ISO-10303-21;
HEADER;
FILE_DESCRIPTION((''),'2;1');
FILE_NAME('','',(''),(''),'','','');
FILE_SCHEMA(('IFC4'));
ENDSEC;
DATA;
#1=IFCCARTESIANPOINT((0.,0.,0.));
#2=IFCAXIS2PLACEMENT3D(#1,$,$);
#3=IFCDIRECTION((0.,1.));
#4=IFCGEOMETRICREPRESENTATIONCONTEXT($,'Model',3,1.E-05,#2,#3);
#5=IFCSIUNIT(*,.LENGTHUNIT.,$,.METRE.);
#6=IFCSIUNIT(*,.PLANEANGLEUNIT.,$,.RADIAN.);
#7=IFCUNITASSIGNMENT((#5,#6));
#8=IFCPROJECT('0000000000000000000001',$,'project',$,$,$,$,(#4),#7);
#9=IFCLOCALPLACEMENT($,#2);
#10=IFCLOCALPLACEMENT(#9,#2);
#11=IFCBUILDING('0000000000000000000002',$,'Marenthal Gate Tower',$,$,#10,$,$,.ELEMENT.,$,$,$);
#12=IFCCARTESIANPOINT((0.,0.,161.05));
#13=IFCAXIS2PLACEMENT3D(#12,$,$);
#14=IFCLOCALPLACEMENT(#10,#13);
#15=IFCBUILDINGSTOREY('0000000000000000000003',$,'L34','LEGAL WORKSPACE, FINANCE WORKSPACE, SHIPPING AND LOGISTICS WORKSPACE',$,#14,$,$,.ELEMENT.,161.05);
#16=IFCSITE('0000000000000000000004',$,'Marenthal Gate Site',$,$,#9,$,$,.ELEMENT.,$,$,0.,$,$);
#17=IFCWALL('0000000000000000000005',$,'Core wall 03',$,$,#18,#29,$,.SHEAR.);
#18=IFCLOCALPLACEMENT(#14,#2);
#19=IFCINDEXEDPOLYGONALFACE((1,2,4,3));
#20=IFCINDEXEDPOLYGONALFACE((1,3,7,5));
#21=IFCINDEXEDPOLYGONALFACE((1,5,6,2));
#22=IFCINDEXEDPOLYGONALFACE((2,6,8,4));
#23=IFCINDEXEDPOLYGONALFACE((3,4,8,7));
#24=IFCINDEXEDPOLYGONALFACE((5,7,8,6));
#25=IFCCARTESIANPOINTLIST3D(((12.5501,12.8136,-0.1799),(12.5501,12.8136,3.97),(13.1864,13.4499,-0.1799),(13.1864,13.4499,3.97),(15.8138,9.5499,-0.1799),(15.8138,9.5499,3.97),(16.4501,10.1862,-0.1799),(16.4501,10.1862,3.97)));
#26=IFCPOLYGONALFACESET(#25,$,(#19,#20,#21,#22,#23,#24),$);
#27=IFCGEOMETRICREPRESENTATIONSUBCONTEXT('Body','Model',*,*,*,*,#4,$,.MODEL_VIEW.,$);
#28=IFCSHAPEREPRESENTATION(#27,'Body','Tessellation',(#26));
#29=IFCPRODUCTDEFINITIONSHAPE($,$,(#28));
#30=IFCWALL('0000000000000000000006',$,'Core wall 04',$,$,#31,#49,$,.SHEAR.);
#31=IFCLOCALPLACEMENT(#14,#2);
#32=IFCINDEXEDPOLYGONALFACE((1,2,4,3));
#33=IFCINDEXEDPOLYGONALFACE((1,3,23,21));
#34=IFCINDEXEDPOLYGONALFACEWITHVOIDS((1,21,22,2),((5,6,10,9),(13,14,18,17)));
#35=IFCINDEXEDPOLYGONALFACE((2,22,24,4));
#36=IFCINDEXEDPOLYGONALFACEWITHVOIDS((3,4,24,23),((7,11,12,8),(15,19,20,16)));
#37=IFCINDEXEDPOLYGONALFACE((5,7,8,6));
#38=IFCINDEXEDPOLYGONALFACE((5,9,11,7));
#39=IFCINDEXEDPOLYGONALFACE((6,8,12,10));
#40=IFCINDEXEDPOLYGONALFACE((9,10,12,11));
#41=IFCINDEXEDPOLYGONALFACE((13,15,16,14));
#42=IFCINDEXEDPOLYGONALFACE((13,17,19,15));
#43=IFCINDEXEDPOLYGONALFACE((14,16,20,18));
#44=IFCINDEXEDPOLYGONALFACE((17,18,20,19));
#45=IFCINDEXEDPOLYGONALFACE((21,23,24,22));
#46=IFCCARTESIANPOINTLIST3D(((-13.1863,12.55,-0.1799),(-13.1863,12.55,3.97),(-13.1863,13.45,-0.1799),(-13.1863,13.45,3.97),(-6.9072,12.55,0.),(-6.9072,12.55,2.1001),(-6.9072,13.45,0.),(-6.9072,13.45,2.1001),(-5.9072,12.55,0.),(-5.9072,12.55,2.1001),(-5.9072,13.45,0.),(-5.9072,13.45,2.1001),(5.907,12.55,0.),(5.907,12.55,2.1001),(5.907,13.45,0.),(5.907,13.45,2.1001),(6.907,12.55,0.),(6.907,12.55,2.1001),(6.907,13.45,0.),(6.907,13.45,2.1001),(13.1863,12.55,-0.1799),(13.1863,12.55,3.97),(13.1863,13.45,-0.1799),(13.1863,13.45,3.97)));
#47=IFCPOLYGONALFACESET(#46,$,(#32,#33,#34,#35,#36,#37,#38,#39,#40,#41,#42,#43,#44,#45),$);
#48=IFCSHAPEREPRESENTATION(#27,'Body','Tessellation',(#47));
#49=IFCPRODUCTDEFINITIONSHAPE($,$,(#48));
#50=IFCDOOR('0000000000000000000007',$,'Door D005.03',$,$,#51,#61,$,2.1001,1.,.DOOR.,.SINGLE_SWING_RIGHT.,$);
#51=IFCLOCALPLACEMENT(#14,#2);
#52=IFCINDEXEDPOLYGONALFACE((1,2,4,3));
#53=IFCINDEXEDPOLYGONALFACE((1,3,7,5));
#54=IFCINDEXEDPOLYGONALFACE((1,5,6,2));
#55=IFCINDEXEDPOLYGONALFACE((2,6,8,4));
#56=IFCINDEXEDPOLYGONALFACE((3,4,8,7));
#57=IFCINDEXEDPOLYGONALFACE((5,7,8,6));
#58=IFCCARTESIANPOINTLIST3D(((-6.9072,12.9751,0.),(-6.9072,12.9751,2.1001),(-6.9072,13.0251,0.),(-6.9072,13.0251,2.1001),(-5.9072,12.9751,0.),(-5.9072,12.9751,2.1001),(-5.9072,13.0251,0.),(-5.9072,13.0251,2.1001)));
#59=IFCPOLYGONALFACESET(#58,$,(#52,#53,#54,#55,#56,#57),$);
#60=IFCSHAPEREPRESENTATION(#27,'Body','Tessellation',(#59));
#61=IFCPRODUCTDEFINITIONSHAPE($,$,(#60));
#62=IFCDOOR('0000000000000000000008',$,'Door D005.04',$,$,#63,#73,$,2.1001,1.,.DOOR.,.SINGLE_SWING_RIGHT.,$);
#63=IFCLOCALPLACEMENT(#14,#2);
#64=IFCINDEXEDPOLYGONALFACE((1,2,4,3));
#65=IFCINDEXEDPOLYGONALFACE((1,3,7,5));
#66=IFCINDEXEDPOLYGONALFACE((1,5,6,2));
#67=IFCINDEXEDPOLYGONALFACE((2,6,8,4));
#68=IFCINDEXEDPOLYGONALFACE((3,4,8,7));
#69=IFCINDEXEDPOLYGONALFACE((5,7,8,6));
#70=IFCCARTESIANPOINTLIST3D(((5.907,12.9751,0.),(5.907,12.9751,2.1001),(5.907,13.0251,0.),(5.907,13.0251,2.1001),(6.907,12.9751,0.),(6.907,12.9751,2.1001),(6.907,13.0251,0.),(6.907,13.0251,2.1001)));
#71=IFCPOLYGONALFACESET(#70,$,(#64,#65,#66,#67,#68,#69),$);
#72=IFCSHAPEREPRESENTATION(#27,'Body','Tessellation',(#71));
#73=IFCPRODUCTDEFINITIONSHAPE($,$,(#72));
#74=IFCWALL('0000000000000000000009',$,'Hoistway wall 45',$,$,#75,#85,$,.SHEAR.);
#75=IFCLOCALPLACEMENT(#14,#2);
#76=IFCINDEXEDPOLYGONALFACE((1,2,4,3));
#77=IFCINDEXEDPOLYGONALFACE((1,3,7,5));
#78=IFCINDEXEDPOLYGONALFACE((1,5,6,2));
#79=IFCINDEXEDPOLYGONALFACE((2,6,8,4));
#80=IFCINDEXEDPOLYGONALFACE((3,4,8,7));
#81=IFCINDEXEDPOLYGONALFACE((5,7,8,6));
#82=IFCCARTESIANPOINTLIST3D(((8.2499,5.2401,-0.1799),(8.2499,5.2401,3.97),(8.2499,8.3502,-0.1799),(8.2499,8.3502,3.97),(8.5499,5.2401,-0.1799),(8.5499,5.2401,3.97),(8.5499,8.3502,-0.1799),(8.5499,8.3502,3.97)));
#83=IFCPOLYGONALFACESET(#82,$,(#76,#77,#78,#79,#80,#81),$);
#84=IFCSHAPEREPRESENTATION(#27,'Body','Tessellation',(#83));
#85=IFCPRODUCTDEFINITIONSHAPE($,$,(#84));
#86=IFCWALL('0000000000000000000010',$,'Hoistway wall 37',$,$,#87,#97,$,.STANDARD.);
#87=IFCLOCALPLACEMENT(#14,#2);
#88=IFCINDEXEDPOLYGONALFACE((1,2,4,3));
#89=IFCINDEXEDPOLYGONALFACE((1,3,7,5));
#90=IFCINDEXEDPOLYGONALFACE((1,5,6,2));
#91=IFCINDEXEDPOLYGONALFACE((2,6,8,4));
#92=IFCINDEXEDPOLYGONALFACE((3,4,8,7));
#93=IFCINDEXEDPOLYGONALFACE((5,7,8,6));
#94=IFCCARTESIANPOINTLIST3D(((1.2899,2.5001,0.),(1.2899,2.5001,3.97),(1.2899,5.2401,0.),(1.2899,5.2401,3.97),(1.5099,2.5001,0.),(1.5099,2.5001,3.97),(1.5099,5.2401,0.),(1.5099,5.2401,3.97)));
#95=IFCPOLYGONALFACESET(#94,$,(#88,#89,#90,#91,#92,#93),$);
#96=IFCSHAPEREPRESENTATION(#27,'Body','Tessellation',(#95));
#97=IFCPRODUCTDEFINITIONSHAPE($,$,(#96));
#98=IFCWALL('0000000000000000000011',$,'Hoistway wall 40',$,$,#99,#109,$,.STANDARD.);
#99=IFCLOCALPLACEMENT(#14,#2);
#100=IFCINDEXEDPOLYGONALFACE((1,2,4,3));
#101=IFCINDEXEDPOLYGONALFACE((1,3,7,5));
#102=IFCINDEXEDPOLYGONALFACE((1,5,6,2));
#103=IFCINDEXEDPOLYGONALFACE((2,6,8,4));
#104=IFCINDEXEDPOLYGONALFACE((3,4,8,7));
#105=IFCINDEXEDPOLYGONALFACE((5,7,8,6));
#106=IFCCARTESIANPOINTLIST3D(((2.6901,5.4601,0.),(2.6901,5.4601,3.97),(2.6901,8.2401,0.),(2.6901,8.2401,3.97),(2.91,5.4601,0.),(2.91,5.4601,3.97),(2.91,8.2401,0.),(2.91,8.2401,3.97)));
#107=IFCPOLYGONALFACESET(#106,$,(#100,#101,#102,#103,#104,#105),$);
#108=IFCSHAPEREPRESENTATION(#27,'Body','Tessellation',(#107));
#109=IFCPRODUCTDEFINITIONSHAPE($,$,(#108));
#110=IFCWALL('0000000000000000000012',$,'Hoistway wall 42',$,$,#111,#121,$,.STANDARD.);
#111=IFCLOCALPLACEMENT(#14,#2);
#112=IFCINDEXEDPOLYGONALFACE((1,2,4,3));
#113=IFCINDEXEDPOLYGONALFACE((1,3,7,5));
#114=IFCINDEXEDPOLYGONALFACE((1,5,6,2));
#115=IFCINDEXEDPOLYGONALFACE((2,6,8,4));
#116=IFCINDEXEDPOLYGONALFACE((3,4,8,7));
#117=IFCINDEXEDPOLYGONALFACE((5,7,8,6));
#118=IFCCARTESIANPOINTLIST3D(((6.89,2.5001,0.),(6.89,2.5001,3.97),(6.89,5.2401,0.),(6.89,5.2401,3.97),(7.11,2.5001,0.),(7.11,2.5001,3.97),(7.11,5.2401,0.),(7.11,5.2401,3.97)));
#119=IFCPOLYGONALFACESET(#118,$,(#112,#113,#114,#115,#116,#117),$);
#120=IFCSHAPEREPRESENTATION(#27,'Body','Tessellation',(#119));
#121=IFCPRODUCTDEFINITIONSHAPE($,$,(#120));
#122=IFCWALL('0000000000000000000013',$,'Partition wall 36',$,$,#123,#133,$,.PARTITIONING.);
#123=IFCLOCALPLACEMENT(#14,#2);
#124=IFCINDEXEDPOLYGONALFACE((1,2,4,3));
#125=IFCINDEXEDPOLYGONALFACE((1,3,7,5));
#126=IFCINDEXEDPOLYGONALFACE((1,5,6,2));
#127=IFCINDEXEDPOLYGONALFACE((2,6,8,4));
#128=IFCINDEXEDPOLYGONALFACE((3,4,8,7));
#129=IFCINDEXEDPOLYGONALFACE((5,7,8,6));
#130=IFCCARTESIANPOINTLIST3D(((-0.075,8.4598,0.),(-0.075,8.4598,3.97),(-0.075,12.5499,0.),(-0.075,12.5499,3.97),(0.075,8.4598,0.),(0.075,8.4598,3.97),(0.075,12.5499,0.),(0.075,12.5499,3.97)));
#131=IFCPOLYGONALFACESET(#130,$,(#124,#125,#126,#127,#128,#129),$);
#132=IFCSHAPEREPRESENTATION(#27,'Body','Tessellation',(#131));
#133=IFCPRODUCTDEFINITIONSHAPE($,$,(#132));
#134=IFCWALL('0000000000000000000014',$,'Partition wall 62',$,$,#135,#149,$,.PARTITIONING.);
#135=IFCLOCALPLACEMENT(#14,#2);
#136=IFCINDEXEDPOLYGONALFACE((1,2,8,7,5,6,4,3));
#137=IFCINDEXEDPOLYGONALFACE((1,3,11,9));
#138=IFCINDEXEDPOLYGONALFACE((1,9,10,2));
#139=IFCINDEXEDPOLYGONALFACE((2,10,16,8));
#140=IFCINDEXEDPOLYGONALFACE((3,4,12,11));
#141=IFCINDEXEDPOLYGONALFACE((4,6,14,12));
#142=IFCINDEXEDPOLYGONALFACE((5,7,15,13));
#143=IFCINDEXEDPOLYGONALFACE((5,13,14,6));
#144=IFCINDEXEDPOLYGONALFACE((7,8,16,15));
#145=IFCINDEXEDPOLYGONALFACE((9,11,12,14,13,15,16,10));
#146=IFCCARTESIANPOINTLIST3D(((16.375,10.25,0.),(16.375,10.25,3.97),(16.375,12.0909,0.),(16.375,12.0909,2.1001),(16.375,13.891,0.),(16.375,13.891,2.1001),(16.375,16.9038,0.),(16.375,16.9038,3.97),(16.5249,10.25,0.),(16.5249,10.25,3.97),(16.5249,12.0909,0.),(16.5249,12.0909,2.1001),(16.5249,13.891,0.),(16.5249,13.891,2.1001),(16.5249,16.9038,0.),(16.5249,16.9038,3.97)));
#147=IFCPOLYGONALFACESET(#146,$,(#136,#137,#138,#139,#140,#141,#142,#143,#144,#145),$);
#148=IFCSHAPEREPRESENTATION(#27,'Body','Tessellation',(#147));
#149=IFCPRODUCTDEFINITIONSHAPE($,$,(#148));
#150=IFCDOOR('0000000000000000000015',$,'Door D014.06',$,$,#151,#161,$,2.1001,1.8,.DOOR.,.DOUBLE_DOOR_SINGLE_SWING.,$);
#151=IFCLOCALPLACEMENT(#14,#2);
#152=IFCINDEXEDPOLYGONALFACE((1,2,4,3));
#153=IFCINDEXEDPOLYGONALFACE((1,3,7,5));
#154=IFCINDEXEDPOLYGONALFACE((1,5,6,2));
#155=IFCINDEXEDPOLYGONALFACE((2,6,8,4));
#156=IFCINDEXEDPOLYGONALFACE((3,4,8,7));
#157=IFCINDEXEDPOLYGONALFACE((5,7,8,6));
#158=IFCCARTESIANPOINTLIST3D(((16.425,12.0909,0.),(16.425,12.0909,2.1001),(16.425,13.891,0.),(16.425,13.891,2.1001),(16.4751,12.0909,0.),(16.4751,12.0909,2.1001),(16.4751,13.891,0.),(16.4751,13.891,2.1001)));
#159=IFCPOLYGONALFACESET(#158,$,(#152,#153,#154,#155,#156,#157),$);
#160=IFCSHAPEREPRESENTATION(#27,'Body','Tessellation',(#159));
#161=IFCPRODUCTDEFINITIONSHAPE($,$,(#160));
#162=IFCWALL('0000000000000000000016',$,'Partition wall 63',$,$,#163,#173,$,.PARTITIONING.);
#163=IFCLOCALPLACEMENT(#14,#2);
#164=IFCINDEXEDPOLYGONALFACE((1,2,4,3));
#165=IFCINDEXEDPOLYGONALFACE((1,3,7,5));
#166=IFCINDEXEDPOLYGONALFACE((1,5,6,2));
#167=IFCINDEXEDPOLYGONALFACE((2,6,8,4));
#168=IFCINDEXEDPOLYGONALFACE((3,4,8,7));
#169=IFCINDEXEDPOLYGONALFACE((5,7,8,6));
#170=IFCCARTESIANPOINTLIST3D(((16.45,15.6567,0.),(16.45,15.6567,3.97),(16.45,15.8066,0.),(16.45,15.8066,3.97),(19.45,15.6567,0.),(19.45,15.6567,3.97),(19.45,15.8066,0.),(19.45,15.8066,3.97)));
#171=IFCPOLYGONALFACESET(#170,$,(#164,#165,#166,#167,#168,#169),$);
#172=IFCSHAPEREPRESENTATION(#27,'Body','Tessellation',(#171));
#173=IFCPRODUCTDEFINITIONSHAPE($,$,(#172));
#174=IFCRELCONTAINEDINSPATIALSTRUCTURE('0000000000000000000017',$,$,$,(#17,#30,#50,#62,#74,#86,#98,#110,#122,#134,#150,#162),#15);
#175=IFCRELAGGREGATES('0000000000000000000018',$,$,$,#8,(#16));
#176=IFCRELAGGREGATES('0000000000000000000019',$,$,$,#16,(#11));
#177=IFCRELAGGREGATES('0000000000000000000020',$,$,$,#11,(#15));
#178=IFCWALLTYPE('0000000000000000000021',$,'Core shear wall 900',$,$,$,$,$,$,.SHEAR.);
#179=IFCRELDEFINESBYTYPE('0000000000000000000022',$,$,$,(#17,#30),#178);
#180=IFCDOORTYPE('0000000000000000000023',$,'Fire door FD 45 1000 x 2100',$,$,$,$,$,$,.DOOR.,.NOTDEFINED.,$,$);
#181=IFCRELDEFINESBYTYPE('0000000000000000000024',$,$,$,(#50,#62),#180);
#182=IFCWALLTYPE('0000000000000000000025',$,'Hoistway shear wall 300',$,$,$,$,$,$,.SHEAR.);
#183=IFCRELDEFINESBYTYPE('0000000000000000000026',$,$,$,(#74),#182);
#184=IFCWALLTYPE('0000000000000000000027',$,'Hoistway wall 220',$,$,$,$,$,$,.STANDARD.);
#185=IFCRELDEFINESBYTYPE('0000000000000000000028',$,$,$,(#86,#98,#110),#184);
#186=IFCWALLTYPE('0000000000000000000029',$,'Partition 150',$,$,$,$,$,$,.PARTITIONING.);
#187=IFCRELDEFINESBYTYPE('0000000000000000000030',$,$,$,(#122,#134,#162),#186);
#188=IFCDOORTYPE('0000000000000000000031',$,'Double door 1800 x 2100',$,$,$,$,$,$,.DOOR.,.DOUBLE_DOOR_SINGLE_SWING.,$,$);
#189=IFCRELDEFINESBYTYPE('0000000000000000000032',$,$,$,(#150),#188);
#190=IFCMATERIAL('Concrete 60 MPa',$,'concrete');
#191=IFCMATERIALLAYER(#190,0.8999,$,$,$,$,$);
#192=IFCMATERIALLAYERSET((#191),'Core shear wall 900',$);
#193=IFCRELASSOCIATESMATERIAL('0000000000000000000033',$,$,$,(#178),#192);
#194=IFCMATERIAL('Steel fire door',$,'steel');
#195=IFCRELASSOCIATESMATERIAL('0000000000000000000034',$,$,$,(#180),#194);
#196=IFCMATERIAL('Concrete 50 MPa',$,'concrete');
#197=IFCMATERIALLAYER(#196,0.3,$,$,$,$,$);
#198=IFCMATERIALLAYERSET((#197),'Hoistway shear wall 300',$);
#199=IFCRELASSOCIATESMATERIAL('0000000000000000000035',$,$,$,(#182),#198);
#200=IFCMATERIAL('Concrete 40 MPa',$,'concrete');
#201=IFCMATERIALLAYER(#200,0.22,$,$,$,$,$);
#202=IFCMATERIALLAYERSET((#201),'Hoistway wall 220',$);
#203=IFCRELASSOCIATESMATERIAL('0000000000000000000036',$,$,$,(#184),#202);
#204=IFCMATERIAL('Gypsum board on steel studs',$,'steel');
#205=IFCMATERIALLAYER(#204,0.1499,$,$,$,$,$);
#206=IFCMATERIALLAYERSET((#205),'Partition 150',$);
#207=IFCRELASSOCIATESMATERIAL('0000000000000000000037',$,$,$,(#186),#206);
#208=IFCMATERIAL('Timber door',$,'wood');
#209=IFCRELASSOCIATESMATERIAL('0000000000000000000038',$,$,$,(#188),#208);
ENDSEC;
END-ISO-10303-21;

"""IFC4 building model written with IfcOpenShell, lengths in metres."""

from ifc_helpers import new_model, si_unit, direction, frame, frame_2d, origin, place, context, subcontext, project, spatial, rectangle, extrude, material, layer, layer_set, type_object, element, fill, save


model = new_model("IFC4")

# Units and contexts
model_context = context("Model", 3, precision=1e-05, world=origin(), true_north=direction((0.0, 1.0)))
body_context = subcontext(model_context, "Body", "Model", "MODEL_VIEW")
ifc_project = project(units=[si_unit("LENGTHUNIT", "METRE"), si_unit("PLANEANGLEUNIT", "RADIAN")], contexts=[model_context])

# Site, building, storey
site_placement = place(None, origin())
site = spatial("IfcSite", under=ifc_project, at=site_placement, Name="Marenthal Gate Site", CompositionType="ELEMENT", RefElevation=0.0)
building_placement = place(site_placement, origin())
building = spatial("IfcBuilding", under=site, at=building_placement, Name="Marenthal Gate Tower", CompositionType="ELEMENT")
storey_placement = place(building_placement, frame((0.0, 0.0, 161.05)))
storey = spatial("IfcBuildingStorey", under=building, at=storey_placement, Name="L34", Description="LEGAL WORKSPACE, FINANCE WORKSPACE, SHIPPING AND LOGISTICS WORKSPACE", CompositionType="ELEMENT", Elevation=161.05)

# Wall
ifc_material_1 = material(Name="Concrete 60 MPa", Category="concrete")
ifc_layer_1 = layer(ifc_material_1, 0.8999)
ifc_layer_set_1 = layer_set([ifc_layer_1], Name="Core shear wall 900")
wall_type_1 = type_object("IfcWallType", Name="Core shear wall 900", PredefinedType="SHEAR", material=ifc_layer_set_1)
wall_1_placement = place(storey_placement, frame((16.1318, 9.8682, -0.1799), z_axis=(0.0, 0.0, 1.0), x_axis=(-0.707107, 0.707107, 0.0)))
element("IfcWall", 1, at=wall_1_placement, inside=storey, type_object=wall_type_1, Name="Core wall 03", PredefinedType="SHEAR", context=body_context, shape_type="SweptSolid", body=[
    extrude(rectangle(XDim=4.6155, YDim=0.8999, at=frame_2d((2.3076, 0.0))), origin(), (0.0, 0.0, 1.0), 4.1499),
])

# Wall, openings, doors
wall_2_placement = place(storey_placement, frame((13.1863, 13.0, -0.1799), z_axis=(0.0, 0.0, 1.0), x_axis=(-1.0, 0.0, 0.0)))
wall_2 = element("IfcWall", 2, at=wall_2_placement, inside=storey, type_object=wall_type_1, Name="Core wall 04", PredefinedType="SHEAR", context=body_context, shape_type="SweptSolid", body=[
    extrude(rectangle(XDim=26.3726, YDim=0.8999, at=frame_2d((13.1863, 0.0))), origin(), (0.0, 0.0, 1.0), 4.1499),
])
opening_1_placement = place(wall_2_placement, frame((19.0935, 0.0, 0.1799)))
opening_1 = element("IfcOpeningElement", 3, at=opening_1_placement, cuts=wall_2, PredefinedType="OPENING", context=body_context, shape_type="SweptSolid", body=[
    extrude(rectangle(XDim=1.0, YDim=2.1001, at=frame_2d((0.5, 1.05))), frame((0.0, 0.46, 0.0), z_axis=(0.0, -1.0, 0.0), x_axis=(1.0, 0.0, 0.0)), (0.0, 0.0, 1.0), 0.9199),
])
opening_2_placement = place(wall_2_placement, frame((6.2793, 0.0, 0.1799)))
opening_2 = element("IfcOpeningElement", 4, at=opening_2_placement, cuts=wall_2, PredefinedType="OPENING", context=body_context, shape_type="SweptSolid", body=[
    extrude(rectangle(XDim=1.0, YDim=2.1001, at=frame_2d((0.5, 1.05))), frame((0.0, 0.46, 0.0), z_axis=(0.0, -1.0, 0.0), x_axis=(1.0, 0.0, 0.0)), (0.0, 0.0, 1.0), 0.9199),
])
ifc_material_2 = material(Name="Steel fire door", Category="steel")
door_type_1 = type_object("IfcDoorType", Name="Fire door FD 45 1000 x 2100", OperationType="NOTDEFINED", PredefinedType="DOOR", material=ifc_material_2)
door_1_placement = place(opening_1_placement, origin())
door_1 = element("IfcDoor", 5, at=door_1_placement, inside=storey, type_object=door_type_1, Name="Door D005.03", OperationType="SINGLE_SWING_RIGHT", OverallHeight=2.1001, OverallWidth=1.0, PredefinedType="DOOR", context=body_context, shape_type="SweptSolid", body=[
    extrude(rectangle(XDim=1.0, YDim=2.1001, at=frame_2d((0.5, 1.05))), frame((0.0, 0.0249, 0.0), z_axis=(0.0, -1.0, 0.0), x_axis=(1.0, 0.0, 0.0)), (0.0, 0.0, 1.0), 0.05),
])
fill(opening_1, door_1)
door_2_placement = place(opening_2_placement, origin())
door_2 = element("IfcDoor", 6, at=door_2_placement, inside=storey, type_object=door_type_1, Name="Door D005.04", OperationType="SINGLE_SWING_RIGHT", OverallHeight=2.1001, OverallWidth=1.0, PredefinedType="DOOR", context=body_context, shape_type="SweptSolid", body=[
    extrude(rectangle(XDim=1.0, YDim=2.1001, at=frame_2d((0.5, 1.05))), frame((0.0, 0.0249, 0.0), z_axis=(0.0, -1.0, 0.0), x_axis=(1.0, 0.0, 0.0)), (0.0, 0.0, 1.0), 0.05),
])
fill(opening_2, door_2)

# Walls
ifc_material_3 = material(Name="Concrete 50 MPa", Category="concrete")
ifc_layer_2 = layer(ifc_material_3, 0.3)
ifc_layer_set_2 = layer_set([ifc_layer_2], Name="Hoistway shear wall 300")
wall_type_2 = type_object("IfcWallType", Name="Hoistway shear wall 300", PredefinedType="SHEAR", material=ifc_layer_set_2)
wall_3_placement = place(storey_placement, frame((8.3999, 5.24, -0.1799), z_axis=(0.0, 0.0, 1.0), x_axis=(0.0, 1.0, 0.0)))
element("IfcWall", 7, at=wall_3_placement, inside=storey, type_object=wall_type_2, Name="Hoistway wall 45", PredefinedType="SHEAR", context=body_context, shape_type="SweptSolid", body=[
    extrude(rectangle(XDim=3.1101, YDim=0.3, at=frame_2d((1.5552, 0.0))), origin(), (0.0, 0.0, 1.0), 4.1499),
])
ifc_material_4 = material(Name="Concrete 40 MPa", Category="concrete")
ifc_layer_3 = layer(ifc_material_4, 0.22)
ifc_layer_set_3 = layer_set([ifc_layer_3], Name="Hoistway wall 220")
wall_type_3 = type_object("IfcWallType", Name="Hoistway wall 220", PredefinedType="STANDARD", material=ifc_layer_set_3)
wall_4_placement = place(storey_placement, frame((1.3999, 2.5, 0.0), z_axis=(0.0, 0.0, 1.0), x_axis=(0.0, 1.0, 0.0)))
element("IfcWall", 8, at=wall_4_placement, inside=storey, type_object=wall_type_3, Name="Hoistway wall 37", PredefinedType="STANDARD", context=body_context, shape_type="SweptSolid", body=[
    extrude(rectangle(XDim=2.74, YDim=0.22, at=frame_2d((1.3701, 0.0))), origin(), (0.0, 0.0, 1.0), 3.97),
])
wall_5_placement = place(storey_placement, frame((2.8, 5.46, 0.0), z_axis=(0.0, 0.0, 1.0), x_axis=(0.0, 1.0, 0.0)))
element("IfcWall", 9, at=wall_5_placement, inside=storey, type_object=wall_type_3, Name="Hoistway wall 40", PredefinedType="STANDARD", context=body_context, shape_type="SweptSolid", body=[
    extrude(rectangle(XDim=2.78, YDim=0.22, at=frame_2d((1.3901, 0.0))), origin(), (0.0, 0.0, 1.0), 3.97),
])
wall_6_placement = place(storey_placement, frame((7.0, 2.5, 0.0), z_axis=(0.0, 0.0, 1.0), x_axis=(0.0, 1.0, 0.0)))
element("IfcWall", 10, at=wall_6_placement, inside=storey, type_object=wall_type_3, Name="Hoistway wall 42", PredefinedType="STANDARD", context=body_context, shape_type="SweptSolid", body=[
    extrude(rectangle(XDim=2.74, YDim=0.22, at=frame_2d((1.3701, 0.0))), origin(), (0.0, 0.0, 1.0), 3.97),
])
ifc_material_5 = material(Name="Gypsum board on steel studs", Category="steel")
ifc_layer_4 = layer(ifc_material_5, 0.1499)
ifc_layer_set_4 = layer_set([ifc_layer_4], Name="Partition 150")
wall_type_4 = type_object("IfcWallType", Name="Partition 150", PredefinedType="PARTITIONING", material=ifc_layer_set_4)
wall_7_placement = place(storey_placement, frame((0.0, 8.46, 0.0), z_axis=(0.0, 0.0, 1.0), x_axis=(0.0, 1.0, 0.0)))
element("IfcWall", 11, at=wall_7_placement, inside=storey, type_object=wall_type_4, Name="Partition wall 36", PredefinedType="PARTITIONING", context=body_context, shape_type="SweptSolid", body=[
    extrude(rectangle(XDim=4.0901, YDim=0.1499, at=frame_2d((2.0449, 0.0))), origin(), (0.0, 0.0, 1.0), 3.97),
])

# Wall, opening, door
wall_8_placement = place(storey_placement, frame((16.45, 10.25, 0.0), z_axis=(0.0, 0.0, 1.0), x_axis=(0.0, 1.0, 0.0)))
wall_8 = element("IfcWall", 12, at=wall_8_placement, inside=storey, type_object=wall_type_4, Name="Partition wall 62", PredefinedType="PARTITIONING", context=body_context, shape_type="SweptSolid", body=[
    extrude(rectangle(XDim=6.6538, YDim=0.1499, at=frame_2d((3.3269, 0.0))), origin(), (0.0, 0.0, 1.0), 3.97),
])
opening_3_placement = place(wall_8_placement, frame((1.8411, 0.0, 0.0)))
opening_3 = element("IfcOpeningElement", 13, at=opening_3_placement, cuts=wall_8, PredefinedType="OPENING", context=body_context, shape_type="SweptSolid", body=[
    extrude(rectangle(XDim=1.8, YDim=2.1001, at=frame_2d((0.8999, 1.05))), frame((0.0, 0.085, 0.0), z_axis=(0.0, -1.0, 0.0), x_axis=(1.0, 0.0, 0.0)), (0.0, 0.0, 1.0), 0.1699),
])
ifc_material_6 = material(Name="Timber door", Category="wood")
door_type_2 = type_object("IfcDoorType", Name="Double door 1800 x 2100", OperationType="DOUBLE_DOOR_SINGLE_SWING", PredefinedType="DOOR", material=ifc_material_6)
door_3_placement = place(opening_3_placement, origin())
door_3 = element("IfcDoor", 14, at=door_3_placement, inside=storey, type_object=door_type_2, Name="Door D014.06", OperationType="DOUBLE_DOOR_SINGLE_SWING", OverallHeight=2.1001, OverallWidth=1.8, PredefinedType="DOOR", context=body_context, shape_type="SweptSolid", body=[
    extrude(rectangle(XDim=1.8, YDim=2.1001, at=frame_2d((0.8999, 1.05))), frame((0.0, 0.0249, 0.0), z_axis=(0.0, -1.0, 0.0), x_axis=(1.0, 0.0, 0.0)), (0.0, 0.0, 1.0), 0.05),
])
fill(opening_3, door_3)

# Wall
wall_9_placement = place(storey_placement, frame((16.45, 15.7317, 0.0), z_axis=(0.0, 0.0, 1.0), x_axis=(1.0, 0.0, 0.0)))
element("IfcWall", 15, at=wall_9_placement, inside=storey, type_object=wall_type_4, Name="Partition wall 63", PredefinedType="PARTITIONING", context=body_context, shape_type="SweptSolid", body=[
    extrude(rectangle(XDim=3.0, YDim=0.1499, at=frame_2d((1.5, 0.0))), origin(), (0.0, 0.0, 1.0), 3.97),
])

save(model, "model.ifc")
